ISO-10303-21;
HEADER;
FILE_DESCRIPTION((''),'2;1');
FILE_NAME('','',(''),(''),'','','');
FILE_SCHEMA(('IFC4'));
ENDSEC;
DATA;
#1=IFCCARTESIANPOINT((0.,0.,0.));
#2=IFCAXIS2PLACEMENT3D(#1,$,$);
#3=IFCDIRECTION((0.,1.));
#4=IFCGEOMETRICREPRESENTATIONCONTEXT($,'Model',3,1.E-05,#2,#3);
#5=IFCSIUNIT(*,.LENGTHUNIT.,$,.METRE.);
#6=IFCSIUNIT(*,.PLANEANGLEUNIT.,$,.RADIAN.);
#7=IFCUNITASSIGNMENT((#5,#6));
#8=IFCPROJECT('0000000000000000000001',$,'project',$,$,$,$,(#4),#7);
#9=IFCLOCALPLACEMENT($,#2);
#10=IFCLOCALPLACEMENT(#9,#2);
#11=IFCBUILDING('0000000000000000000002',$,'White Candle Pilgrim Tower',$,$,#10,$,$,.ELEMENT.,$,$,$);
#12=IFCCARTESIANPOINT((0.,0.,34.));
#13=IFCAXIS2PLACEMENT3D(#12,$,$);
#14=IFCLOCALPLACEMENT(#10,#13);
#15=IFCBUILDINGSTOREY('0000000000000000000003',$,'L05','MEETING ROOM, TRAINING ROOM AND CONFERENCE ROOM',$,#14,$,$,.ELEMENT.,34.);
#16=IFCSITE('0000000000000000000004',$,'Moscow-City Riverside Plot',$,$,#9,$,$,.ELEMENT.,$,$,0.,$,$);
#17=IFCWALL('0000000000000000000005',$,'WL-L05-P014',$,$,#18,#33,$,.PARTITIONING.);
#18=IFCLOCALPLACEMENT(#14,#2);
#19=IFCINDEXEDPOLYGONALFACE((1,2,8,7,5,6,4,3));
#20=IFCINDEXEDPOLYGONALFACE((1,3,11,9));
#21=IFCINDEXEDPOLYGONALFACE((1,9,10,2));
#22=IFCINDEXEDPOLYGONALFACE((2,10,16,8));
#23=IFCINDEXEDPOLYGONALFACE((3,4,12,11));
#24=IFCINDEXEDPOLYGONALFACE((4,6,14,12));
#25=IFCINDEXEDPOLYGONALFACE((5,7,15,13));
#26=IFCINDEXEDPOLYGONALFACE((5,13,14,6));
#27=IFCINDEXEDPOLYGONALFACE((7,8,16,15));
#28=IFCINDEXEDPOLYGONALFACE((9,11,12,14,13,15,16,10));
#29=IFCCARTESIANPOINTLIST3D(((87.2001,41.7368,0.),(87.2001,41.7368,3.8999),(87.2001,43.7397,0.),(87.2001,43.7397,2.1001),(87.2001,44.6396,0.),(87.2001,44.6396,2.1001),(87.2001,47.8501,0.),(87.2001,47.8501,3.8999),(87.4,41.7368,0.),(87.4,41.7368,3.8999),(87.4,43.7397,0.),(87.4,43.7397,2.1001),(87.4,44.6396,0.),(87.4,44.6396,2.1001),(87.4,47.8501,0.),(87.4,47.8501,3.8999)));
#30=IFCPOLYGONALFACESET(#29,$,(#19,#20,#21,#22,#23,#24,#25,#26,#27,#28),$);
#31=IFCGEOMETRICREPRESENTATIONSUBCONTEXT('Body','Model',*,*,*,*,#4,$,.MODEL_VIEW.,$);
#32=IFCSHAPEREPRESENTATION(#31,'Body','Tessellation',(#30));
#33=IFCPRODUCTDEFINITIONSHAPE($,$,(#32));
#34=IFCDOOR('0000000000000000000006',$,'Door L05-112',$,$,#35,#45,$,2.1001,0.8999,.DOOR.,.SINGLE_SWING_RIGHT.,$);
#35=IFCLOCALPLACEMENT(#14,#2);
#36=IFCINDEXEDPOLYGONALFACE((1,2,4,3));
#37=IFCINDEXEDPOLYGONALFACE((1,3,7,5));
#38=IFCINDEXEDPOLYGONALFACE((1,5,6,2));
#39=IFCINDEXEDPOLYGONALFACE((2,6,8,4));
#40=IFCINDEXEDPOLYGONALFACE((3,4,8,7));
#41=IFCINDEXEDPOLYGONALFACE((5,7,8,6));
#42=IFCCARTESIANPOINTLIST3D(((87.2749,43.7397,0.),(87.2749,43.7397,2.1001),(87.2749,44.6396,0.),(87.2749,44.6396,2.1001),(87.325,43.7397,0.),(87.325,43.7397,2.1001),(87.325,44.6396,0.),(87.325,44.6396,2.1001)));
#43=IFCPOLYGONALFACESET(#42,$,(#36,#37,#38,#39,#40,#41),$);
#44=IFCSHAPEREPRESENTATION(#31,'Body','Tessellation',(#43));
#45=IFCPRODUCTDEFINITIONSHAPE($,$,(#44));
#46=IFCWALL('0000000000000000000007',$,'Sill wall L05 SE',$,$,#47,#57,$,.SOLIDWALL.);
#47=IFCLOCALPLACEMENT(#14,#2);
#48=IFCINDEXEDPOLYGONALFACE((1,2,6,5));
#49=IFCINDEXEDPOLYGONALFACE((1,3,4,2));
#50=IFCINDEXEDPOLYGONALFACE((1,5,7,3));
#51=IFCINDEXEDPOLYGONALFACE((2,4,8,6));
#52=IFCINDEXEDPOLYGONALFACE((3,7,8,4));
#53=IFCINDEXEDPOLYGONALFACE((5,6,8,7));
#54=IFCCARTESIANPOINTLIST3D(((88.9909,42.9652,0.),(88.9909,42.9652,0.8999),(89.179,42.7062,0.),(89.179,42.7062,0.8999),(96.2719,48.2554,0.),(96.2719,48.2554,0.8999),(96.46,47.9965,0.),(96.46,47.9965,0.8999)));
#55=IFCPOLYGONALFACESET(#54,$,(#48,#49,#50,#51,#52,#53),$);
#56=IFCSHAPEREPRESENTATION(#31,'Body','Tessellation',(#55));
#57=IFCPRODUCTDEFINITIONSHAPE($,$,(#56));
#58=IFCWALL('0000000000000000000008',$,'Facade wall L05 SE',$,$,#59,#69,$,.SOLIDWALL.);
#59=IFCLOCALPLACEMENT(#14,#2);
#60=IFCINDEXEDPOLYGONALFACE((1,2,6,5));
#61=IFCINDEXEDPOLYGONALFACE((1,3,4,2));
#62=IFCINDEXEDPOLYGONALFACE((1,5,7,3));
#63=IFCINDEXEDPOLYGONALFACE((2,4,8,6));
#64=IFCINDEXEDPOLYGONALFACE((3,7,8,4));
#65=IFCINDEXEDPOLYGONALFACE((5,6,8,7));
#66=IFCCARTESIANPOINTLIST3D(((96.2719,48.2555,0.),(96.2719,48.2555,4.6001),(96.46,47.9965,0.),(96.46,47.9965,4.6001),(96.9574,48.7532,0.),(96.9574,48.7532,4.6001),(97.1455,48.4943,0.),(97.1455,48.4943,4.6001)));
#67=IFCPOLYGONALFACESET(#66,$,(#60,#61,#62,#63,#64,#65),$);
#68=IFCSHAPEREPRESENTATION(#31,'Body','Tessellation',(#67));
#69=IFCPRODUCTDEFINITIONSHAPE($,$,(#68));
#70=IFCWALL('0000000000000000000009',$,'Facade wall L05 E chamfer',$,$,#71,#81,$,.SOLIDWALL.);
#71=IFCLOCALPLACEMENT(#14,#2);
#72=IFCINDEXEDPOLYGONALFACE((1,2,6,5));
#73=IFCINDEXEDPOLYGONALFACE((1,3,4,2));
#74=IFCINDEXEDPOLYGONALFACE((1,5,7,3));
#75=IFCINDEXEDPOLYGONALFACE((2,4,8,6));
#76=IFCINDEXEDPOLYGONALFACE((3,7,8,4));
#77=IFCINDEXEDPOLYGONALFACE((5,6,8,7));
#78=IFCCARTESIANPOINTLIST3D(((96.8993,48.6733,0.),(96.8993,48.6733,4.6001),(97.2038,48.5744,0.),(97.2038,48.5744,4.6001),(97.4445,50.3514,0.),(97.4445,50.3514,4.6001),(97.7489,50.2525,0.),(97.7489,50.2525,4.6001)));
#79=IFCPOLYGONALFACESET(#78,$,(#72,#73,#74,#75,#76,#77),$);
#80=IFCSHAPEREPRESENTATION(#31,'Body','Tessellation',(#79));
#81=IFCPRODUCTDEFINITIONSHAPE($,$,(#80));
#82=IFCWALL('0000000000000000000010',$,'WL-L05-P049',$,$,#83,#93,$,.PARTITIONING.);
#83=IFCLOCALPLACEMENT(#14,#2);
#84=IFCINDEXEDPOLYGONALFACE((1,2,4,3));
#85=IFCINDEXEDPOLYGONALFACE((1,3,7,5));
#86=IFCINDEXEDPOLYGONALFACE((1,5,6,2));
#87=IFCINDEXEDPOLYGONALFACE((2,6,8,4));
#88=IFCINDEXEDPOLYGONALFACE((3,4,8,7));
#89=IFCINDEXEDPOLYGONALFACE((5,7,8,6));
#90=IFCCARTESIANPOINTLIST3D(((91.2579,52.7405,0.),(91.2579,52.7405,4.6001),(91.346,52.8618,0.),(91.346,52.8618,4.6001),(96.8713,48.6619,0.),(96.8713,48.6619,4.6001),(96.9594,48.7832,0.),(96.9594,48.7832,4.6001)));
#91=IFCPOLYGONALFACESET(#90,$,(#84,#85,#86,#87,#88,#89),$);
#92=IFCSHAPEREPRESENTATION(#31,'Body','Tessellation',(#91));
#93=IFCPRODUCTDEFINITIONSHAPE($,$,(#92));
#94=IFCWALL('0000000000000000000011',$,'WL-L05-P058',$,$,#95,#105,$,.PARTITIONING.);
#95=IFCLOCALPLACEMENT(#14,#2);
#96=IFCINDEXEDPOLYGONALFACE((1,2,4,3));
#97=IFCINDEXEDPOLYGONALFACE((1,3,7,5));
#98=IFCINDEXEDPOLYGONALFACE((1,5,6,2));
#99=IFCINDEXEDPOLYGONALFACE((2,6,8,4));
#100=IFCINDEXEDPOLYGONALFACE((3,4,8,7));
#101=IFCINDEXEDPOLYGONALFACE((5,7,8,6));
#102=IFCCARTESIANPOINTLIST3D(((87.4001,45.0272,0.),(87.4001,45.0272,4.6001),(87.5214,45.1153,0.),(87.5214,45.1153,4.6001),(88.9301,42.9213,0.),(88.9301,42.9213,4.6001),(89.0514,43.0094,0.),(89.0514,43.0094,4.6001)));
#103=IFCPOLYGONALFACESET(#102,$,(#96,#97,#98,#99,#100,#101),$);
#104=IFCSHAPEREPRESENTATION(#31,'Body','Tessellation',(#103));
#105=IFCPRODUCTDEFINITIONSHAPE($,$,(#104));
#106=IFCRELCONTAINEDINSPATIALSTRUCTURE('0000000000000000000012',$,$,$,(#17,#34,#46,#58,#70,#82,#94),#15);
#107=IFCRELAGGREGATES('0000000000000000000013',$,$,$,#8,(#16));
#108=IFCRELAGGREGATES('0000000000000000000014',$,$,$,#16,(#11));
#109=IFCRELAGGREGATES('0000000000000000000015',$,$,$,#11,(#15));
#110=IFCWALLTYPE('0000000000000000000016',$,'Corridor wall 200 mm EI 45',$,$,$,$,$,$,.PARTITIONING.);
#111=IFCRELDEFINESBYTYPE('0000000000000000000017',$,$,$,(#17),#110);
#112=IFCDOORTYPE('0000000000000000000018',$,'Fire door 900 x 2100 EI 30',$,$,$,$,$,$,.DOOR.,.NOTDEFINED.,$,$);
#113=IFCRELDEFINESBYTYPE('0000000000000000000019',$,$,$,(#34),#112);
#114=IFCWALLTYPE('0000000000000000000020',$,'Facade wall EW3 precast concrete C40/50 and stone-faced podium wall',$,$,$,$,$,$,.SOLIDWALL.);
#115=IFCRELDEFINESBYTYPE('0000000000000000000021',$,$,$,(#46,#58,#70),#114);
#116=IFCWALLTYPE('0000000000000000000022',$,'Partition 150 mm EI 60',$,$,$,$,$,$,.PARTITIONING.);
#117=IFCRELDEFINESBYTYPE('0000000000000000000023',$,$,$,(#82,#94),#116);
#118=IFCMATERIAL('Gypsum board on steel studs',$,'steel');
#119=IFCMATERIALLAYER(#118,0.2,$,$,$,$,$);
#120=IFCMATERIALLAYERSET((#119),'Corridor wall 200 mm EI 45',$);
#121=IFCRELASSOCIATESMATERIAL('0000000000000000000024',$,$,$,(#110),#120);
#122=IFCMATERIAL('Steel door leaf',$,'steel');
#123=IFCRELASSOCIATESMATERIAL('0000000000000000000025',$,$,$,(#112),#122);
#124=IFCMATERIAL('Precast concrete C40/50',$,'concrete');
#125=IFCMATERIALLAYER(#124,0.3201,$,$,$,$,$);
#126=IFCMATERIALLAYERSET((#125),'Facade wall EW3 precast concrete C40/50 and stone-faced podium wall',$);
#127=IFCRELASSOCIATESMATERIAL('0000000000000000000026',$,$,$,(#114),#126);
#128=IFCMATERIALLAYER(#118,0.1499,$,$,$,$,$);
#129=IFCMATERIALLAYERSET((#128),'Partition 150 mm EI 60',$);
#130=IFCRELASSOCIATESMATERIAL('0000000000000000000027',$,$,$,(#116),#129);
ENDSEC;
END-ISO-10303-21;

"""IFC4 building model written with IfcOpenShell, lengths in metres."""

from ifc_helpers import new_model, si_unit, direction, frame, frame_2d, origin, place, context, subcontext, project, spatial, rectangle, extrude, material, layer, layer_set, type_object, element, fill, save


model = new_model("IFC4")

# Units and contexts
model_context = context("Model", 3, precision=1e-05, world=origin(), true_north=direction((0.0, 1.0)))
body_context = subcontext(model_context, "Body", "Model", "MODEL_VIEW")
ifc_project = project(units=[si_unit("LENGTHUNIT", "METRE"), si_unit("PLANEANGLEUNIT", "RADIAN")], contexts=[model_context])

# Site, building, storey
site_placement = place(None, origin())
site = spatial("IfcSite", under=ifc_project, at=site_placement, Name="Moscow-City Riverside Plot", CompositionType="ELEMENT", RefElevation=0.0)
building_placement = place(site_placement, origin())
building = spatial("IfcBuilding", under=site, at=building_placement, Name="White Candle Pilgrim Tower", CompositionType="ELEMENT")
storey_placement = place(building_placement, frame((0.0, 0.0, 34.0)))
storey = spatial("IfcBuildingStorey", under=building, at=storey_placement, Name="L05", Description="MEETING ROOM, TRAINING ROOM AND CONFERENCE ROOM", CompositionType="ELEMENT", Elevation=34.0)

# Shared definitions
ifc_material_1 = material(Name="Gypsum board on steel studs", Category="steel")
ifc_layer_1 = layer(ifc_material_1, 0.2)
ifc_layer_set_1 = layer_set([ifc_layer_1], Name="Corridor wall 200 mm EI 45")
wall_type_1 = type_object("IfcWallType", Name="Corridor wall 200 mm EI 45", PredefinedType="PARTITIONING", material=ifc_layer_set_1)

# Wall, opening, door
wall_1_placement = place(storey_placement, frame((87.3, 47.8501, 0.0), z_axis=(0.0, 0.0, 1.0), x_axis=(0.0, -1.0, 0.0)))
wall_1 = element("IfcWall", 1, at=wall_1_placement, inside=storey, type_object=wall_type_1, Name="WL-L05-P014", PredefinedType="PARTITIONING", context=body_context, shape_type="SweptSolid", body=[
    extrude(rectangle(XDim=6.1133, YDim=0.2, at=frame_2d((3.0566, 0.0))), origin(), (0.0, 0.0, 1.0), 3.8999),
])
opening_placement = place(wall_1_placement, frame((3.2104, 0.0, 0.0)))
opening = element("IfcOpeningElement", 2, at=opening_placement, cuts=wall_1, PredefinedType="OPENING", context=body_context, shape_type="SweptSolid", body=[
    extrude(rectangle(XDim=0.8999, YDim=2.1001, at=frame_2d((0.45, 1.05))), frame((0.0, 0.1099, 0.0), z_axis=(0.0, -1.0, 0.0), x_axis=(1.0, 0.0, 0.0)), (0.0, 0.0, 1.0), 0.22),
])
ifc_material_2 = material(Name="Steel door leaf", Category="steel")
door_type = type_object("IfcDoorType", Name="Fire door 900 x 2100 EI 30", OperationType="NOTDEFINED", PredefinedType="DOOR", material=ifc_material_2)
door_placement = place(opening_placement, origin())
door = element("IfcDoor", 3, at=door_placement, inside=storey, type_object=door_type, Name="Door L05-112", OperationType="SINGLE_SWING_RIGHT", OverallHeight=2.1001, OverallWidth=0.8999, PredefinedType="DOOR", context=body_context, shape_type="SweptSolid", body=[
    extrude(rectangle(XDim=0.8999, YDim=2.1001, at=frame_2d((0.45, 1.05))), frame((0.0, 0.0249, 0.0), z_axis=(0.0, -1.0, 0.0), x_axis=(1.0, 0.0, 0.0)), (0.0, 0.0, 1.0), 0.05),
])
fill(opening, door)

# Walls
ifc_material_3 = material(Name="Precast concrete C40/50", Category="concrete")
ifc_layer_2 = layer(ifc_material_3, 0.3201)
ifc_layer_set_2 = layer_set([ifc_layer_2], Name="Facade wall EW3 precast concrete C40/50 and stone-faced podium wall")
wall_type_2 = type_object("IfcWallType", Name="Facade wall EW3 precast concrete C40/50 and stone-faced podium wall", PredefinedType="SOLIDWALL", material=ifc_layer_set_2)
wall_2_placement = place(storey_placement, frame((89.085, 42.8357, 0.0), z_axis=(0.0, 0.0, 1.0), x_axis=(0.809, 0.587809, 0.0)))
element("IfcWall", 4, at=wall_2_placement, inside=storey, type_object=wall_type_2, Name="Sill wall L05 SE", PredefinedType="SOLIDWALL", context=body_context, shape_type="SweptSolid", body=[
    extrude(rectangle(XDim=9.0, YDim=0.3201, at=frame_2d((4.5, 0.0))), origin(), (0.0, 0.0, 1.0), 0.8999),
])
wall_3_placement = place(storey_placement, frame((96.366, 48.126, 0.0), z_axis=(0.0, 0.0, 1.0), x_axis=(0.809172, 0.587572, 0.0)))
element("IfcWall", 5, at=wall_3_placement, inside=storey, type_object=wall_type_2, Name="Facade wall L05 SE", PredefinedType="SOLIDWALL", context=body_context, shape_type="SweptSolid", body=[
    extrude(rectangle(XDim=0.8472, YDim=0.3201, at=frame_2d((0.4236, 0.0))), origin(), (0.0, 0.0, 1.0), 4.6001),
])
wall_4_placement = place(storey_placement, frame((97.0515, 48.6238, 0.0), z_axis=(0.0, 0.0, 1.0), x_axis=(0.308995, 0.951064, 0.0)))
element("IfcWall", 6, at=wall_4_placement, inside=storey, type_object=wall_type_2, Name="Facade wall L05 E chamfer", PredefinedType="SOLIDWALL", context=body_context, shape_type="SweptSolid", body=[
    extrude(rectangle(XDim=1.7644, YDim=0.3201, at=frame_2d((0.8823, 0.0))), origin(), (0.0, 0.0, 1.0), 4.6001),
])
ifc_layer_3 = layer(ifc_material_1, 0.1499)
ifc_layer_set_3 = layer_set([ifc_layer_3], Name="Partition 150 mm EI 60")
wall_type_3 = type_object("IfcWallType", Name="Partition 150 mm EI 60", PredefinedType="PARTITIONING", material=ifc_layer_set_3)
wall_5_placement = place(storey_placement, frame((96.9153, 48.7227, 0.0), z_axis=(0.0, 0.0, 1.0), x_axis=(-0.809007, 0.587799, 0.0)))
element("IfcWall", 7, at=wall_5_placement, inside=storey, type_object=wall_type_3, Name="WL-L05-P049", PredefinedType="PARTITIONING", context=body_context, shape_type="SweptSolid", body=[
    extrude(rectangle(XDim=6.9387, YDim=0.1499, at=frame_2d((3.4692, 0.0))), origin(), (0.0, 0.0, 1.0), 4.6001),
])
wall_6_placement = place(storey_placement, frame((88.9907, 42.9653, 0.0), z_axis=(0.0, 0.0, 1.0), x_axis=(-0.587776, 0.809024, 0.0)))
element("IfcWall", 8, at=wall_6_placement, inside=storey, type_object=wall_type_3, Name="WL-L05-P058", PredefinedType="PARTITIONING", context=body_context, shape_type="SweptSolid", body=[
    extrude(rectangle(XDim=2.603, YDim=0.1499, at=frame_2d((1.3015, 0.0))), origin(), (0.0, 0.0, 1.0), 4.6001),
])

save(model, "model.ifc")
